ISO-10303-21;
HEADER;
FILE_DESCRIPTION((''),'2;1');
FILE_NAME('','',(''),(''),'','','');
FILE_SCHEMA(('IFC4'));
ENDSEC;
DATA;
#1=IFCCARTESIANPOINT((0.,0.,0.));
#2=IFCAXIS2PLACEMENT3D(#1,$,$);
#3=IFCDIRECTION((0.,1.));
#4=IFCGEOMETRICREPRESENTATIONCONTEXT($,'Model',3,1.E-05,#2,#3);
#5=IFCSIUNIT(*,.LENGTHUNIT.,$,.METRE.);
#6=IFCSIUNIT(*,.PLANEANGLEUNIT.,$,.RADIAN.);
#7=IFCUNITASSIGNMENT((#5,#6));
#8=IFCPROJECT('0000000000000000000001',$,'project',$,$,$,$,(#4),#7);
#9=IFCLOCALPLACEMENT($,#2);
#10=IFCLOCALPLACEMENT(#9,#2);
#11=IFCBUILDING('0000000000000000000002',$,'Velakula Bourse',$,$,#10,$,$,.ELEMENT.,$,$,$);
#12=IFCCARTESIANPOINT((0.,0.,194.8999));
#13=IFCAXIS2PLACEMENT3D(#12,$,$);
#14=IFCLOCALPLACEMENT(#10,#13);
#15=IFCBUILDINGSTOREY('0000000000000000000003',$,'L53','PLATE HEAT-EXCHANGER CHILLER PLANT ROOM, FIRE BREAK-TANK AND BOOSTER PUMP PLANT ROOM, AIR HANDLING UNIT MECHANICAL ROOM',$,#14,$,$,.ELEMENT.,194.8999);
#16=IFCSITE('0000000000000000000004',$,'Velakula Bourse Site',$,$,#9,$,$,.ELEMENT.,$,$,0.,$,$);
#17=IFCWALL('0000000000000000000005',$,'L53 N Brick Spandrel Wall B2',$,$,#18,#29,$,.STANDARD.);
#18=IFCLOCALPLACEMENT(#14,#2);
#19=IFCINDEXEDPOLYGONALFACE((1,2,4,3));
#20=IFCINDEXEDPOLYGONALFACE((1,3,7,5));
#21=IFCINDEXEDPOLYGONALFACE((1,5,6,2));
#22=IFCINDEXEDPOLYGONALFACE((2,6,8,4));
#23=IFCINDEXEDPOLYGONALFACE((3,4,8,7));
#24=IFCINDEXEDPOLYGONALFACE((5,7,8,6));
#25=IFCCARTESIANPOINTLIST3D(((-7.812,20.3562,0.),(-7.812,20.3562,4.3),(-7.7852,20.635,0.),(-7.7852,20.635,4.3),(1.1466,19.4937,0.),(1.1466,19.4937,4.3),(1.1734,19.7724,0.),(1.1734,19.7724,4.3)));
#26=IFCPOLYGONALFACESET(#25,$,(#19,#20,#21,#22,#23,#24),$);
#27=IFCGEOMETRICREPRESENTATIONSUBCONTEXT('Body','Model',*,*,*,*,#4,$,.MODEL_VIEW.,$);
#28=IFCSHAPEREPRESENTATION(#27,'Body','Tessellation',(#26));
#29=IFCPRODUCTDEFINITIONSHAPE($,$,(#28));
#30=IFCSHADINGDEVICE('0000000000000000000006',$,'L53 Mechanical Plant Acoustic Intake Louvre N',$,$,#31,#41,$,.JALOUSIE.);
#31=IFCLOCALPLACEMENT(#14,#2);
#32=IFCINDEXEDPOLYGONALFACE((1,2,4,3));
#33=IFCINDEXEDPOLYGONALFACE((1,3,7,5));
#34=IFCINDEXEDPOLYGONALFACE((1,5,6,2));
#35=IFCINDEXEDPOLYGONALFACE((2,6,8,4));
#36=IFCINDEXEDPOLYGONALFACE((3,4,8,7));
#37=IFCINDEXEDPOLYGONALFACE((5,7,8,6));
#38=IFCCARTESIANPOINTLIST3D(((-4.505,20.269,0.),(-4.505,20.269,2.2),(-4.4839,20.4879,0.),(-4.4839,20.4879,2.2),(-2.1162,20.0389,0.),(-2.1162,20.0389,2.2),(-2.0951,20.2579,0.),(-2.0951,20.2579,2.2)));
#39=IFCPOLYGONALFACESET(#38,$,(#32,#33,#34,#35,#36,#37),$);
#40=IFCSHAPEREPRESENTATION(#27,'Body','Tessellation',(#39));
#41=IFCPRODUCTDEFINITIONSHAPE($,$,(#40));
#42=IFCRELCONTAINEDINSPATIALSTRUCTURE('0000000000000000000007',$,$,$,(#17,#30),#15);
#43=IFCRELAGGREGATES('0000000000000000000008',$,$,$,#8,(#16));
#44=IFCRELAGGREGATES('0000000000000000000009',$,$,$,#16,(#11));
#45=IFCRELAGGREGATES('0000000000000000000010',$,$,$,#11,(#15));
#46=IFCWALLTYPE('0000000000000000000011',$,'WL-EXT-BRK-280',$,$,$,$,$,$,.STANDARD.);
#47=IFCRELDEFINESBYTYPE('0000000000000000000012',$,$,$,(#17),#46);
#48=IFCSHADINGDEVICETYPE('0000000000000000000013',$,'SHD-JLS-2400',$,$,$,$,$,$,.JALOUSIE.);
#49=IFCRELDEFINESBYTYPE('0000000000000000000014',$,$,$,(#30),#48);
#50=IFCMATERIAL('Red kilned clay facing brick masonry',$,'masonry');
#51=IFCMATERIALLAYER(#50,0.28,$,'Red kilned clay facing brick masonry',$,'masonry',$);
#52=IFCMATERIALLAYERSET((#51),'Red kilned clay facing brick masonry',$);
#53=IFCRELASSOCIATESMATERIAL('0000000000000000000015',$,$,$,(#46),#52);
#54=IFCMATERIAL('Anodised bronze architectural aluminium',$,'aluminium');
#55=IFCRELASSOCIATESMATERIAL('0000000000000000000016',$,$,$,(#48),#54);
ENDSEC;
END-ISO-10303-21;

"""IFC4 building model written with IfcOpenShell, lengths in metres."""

from ifc_helpers import new_model, si_unit, direction, frame, frame_2d, origin, origin_2d, place, context, subcontext, project, spatial, rectangle, extrude, material, layer, layer_set, type_object, element, save


model = new_model("IFC4")

# Units and contexts
model_context = context("Model", 3, precision=1e-05, world=origin(), true_north=direction((0.0, 1.0)))
body_context = subcontext(model_context, "Body", "Model", "MODEL_VIEW")
ifc_project = project(units=[si_unit("LENGTHUNIT", "METRE"), si_unit("PLANEANGLEUNIT", "RADIAN")], contexts=[model_context])

# Site, building, storey
site_placement = place(None, origin())
site = spatial("IfcSite", under=ifc_project, at=site_placement, Name="Velakula Bourse Site", CompositionType="ELEMENT", RefElevation=0.0)
building_placement = place(site_placement, origin())
building = spatial("IfcBuilding", under=site, at=building_placement, Name="Velakula Bourse", CompositionType="ELEMENT")
storey_placement = place(building_placement, frame((0.0, 0.0, 194.8999)))
storey = spatial("IfcBuildingStorey", under=building, at=storey_placement, Name="L53", Description="PLATE HEAT-EXCHANGER CHILLER PLANT ROOM, FIRE BREAK-TANK AND BOOSTER PUMP PLANT ROOM, AIR HANDLING UNIT MECHANICAL ROOM", CompositionType="ELEMENT", Elevation=194.8999)

# Wall
ifc_material_1 = material(Name="Red kilned clay facing brick masonry", Category="masonry")
ifc_layer_1 = layer(ifc_material_1, 0.28, Name="Red kilned clay facing brick masonry", Category="masonry")
ifc_layer_set_1 = layer_set([ifc_layer_1], Name="Red kilned clay facing brick masonry")
wall_type = type_object("IfcWallType", Name="WL-EXT-BRK-280", PredefinedType="STANDARD", material=ifc_layer_set_1)
wall_placement = place(storey_placement, frame((-7.7986, 20.4956, 0.0), z_axis=(0.0, 0.0, 1.0), x_axis=(0.995397, -0.09584, 0.0)))
element("IfcWall", 1, at=wall_placement, inside=storey, type_object=wall_type, Name="L53 N Brick Spandrel Wall B2", PredefinedType="STANDARD", context=body_context, shape_type="SweptSolid", body=[
    extrude(rectangle(XDim=9.0, YDim=0.28, at=frame_2d((4.5, 0.0))), origin(), (0.0, 0.0, 1.0), 4.3),
])

# Shading device
ifc_material_2 = material(Name="Anodised bronze architectural aluminium", Category="aluminium")
shading_device_type = type_object("IfcShadingDeviceType", Name="SHD-JLS-2400", PredefinedType="JALOUSIE", material=ifc_material_2)
shading_device_placement = place(storey_placement, frame((-3.3, 20.2634, 0.0), z_axis=(0.0, 0.0, 1.0), x_axis=(0.995396, -0.095846, 0.0)))
element("IfcShadingDevice", 2, at=shading_device_placement, inside=storey, type_object=shading_device_type, Name="L53 Mechanical Plant Acoustic Intake Louvre N", PredefinedType="JALOUSIE", context=body_context, shape_type="SweptSolid", body=[
    extrude(rectangle(XDim=2.3999, YDim=0.22, at=origin_2d()), origin(), (0.0, 0.0, 1.0), 2.2),
])

save(model, "model.ifc")
